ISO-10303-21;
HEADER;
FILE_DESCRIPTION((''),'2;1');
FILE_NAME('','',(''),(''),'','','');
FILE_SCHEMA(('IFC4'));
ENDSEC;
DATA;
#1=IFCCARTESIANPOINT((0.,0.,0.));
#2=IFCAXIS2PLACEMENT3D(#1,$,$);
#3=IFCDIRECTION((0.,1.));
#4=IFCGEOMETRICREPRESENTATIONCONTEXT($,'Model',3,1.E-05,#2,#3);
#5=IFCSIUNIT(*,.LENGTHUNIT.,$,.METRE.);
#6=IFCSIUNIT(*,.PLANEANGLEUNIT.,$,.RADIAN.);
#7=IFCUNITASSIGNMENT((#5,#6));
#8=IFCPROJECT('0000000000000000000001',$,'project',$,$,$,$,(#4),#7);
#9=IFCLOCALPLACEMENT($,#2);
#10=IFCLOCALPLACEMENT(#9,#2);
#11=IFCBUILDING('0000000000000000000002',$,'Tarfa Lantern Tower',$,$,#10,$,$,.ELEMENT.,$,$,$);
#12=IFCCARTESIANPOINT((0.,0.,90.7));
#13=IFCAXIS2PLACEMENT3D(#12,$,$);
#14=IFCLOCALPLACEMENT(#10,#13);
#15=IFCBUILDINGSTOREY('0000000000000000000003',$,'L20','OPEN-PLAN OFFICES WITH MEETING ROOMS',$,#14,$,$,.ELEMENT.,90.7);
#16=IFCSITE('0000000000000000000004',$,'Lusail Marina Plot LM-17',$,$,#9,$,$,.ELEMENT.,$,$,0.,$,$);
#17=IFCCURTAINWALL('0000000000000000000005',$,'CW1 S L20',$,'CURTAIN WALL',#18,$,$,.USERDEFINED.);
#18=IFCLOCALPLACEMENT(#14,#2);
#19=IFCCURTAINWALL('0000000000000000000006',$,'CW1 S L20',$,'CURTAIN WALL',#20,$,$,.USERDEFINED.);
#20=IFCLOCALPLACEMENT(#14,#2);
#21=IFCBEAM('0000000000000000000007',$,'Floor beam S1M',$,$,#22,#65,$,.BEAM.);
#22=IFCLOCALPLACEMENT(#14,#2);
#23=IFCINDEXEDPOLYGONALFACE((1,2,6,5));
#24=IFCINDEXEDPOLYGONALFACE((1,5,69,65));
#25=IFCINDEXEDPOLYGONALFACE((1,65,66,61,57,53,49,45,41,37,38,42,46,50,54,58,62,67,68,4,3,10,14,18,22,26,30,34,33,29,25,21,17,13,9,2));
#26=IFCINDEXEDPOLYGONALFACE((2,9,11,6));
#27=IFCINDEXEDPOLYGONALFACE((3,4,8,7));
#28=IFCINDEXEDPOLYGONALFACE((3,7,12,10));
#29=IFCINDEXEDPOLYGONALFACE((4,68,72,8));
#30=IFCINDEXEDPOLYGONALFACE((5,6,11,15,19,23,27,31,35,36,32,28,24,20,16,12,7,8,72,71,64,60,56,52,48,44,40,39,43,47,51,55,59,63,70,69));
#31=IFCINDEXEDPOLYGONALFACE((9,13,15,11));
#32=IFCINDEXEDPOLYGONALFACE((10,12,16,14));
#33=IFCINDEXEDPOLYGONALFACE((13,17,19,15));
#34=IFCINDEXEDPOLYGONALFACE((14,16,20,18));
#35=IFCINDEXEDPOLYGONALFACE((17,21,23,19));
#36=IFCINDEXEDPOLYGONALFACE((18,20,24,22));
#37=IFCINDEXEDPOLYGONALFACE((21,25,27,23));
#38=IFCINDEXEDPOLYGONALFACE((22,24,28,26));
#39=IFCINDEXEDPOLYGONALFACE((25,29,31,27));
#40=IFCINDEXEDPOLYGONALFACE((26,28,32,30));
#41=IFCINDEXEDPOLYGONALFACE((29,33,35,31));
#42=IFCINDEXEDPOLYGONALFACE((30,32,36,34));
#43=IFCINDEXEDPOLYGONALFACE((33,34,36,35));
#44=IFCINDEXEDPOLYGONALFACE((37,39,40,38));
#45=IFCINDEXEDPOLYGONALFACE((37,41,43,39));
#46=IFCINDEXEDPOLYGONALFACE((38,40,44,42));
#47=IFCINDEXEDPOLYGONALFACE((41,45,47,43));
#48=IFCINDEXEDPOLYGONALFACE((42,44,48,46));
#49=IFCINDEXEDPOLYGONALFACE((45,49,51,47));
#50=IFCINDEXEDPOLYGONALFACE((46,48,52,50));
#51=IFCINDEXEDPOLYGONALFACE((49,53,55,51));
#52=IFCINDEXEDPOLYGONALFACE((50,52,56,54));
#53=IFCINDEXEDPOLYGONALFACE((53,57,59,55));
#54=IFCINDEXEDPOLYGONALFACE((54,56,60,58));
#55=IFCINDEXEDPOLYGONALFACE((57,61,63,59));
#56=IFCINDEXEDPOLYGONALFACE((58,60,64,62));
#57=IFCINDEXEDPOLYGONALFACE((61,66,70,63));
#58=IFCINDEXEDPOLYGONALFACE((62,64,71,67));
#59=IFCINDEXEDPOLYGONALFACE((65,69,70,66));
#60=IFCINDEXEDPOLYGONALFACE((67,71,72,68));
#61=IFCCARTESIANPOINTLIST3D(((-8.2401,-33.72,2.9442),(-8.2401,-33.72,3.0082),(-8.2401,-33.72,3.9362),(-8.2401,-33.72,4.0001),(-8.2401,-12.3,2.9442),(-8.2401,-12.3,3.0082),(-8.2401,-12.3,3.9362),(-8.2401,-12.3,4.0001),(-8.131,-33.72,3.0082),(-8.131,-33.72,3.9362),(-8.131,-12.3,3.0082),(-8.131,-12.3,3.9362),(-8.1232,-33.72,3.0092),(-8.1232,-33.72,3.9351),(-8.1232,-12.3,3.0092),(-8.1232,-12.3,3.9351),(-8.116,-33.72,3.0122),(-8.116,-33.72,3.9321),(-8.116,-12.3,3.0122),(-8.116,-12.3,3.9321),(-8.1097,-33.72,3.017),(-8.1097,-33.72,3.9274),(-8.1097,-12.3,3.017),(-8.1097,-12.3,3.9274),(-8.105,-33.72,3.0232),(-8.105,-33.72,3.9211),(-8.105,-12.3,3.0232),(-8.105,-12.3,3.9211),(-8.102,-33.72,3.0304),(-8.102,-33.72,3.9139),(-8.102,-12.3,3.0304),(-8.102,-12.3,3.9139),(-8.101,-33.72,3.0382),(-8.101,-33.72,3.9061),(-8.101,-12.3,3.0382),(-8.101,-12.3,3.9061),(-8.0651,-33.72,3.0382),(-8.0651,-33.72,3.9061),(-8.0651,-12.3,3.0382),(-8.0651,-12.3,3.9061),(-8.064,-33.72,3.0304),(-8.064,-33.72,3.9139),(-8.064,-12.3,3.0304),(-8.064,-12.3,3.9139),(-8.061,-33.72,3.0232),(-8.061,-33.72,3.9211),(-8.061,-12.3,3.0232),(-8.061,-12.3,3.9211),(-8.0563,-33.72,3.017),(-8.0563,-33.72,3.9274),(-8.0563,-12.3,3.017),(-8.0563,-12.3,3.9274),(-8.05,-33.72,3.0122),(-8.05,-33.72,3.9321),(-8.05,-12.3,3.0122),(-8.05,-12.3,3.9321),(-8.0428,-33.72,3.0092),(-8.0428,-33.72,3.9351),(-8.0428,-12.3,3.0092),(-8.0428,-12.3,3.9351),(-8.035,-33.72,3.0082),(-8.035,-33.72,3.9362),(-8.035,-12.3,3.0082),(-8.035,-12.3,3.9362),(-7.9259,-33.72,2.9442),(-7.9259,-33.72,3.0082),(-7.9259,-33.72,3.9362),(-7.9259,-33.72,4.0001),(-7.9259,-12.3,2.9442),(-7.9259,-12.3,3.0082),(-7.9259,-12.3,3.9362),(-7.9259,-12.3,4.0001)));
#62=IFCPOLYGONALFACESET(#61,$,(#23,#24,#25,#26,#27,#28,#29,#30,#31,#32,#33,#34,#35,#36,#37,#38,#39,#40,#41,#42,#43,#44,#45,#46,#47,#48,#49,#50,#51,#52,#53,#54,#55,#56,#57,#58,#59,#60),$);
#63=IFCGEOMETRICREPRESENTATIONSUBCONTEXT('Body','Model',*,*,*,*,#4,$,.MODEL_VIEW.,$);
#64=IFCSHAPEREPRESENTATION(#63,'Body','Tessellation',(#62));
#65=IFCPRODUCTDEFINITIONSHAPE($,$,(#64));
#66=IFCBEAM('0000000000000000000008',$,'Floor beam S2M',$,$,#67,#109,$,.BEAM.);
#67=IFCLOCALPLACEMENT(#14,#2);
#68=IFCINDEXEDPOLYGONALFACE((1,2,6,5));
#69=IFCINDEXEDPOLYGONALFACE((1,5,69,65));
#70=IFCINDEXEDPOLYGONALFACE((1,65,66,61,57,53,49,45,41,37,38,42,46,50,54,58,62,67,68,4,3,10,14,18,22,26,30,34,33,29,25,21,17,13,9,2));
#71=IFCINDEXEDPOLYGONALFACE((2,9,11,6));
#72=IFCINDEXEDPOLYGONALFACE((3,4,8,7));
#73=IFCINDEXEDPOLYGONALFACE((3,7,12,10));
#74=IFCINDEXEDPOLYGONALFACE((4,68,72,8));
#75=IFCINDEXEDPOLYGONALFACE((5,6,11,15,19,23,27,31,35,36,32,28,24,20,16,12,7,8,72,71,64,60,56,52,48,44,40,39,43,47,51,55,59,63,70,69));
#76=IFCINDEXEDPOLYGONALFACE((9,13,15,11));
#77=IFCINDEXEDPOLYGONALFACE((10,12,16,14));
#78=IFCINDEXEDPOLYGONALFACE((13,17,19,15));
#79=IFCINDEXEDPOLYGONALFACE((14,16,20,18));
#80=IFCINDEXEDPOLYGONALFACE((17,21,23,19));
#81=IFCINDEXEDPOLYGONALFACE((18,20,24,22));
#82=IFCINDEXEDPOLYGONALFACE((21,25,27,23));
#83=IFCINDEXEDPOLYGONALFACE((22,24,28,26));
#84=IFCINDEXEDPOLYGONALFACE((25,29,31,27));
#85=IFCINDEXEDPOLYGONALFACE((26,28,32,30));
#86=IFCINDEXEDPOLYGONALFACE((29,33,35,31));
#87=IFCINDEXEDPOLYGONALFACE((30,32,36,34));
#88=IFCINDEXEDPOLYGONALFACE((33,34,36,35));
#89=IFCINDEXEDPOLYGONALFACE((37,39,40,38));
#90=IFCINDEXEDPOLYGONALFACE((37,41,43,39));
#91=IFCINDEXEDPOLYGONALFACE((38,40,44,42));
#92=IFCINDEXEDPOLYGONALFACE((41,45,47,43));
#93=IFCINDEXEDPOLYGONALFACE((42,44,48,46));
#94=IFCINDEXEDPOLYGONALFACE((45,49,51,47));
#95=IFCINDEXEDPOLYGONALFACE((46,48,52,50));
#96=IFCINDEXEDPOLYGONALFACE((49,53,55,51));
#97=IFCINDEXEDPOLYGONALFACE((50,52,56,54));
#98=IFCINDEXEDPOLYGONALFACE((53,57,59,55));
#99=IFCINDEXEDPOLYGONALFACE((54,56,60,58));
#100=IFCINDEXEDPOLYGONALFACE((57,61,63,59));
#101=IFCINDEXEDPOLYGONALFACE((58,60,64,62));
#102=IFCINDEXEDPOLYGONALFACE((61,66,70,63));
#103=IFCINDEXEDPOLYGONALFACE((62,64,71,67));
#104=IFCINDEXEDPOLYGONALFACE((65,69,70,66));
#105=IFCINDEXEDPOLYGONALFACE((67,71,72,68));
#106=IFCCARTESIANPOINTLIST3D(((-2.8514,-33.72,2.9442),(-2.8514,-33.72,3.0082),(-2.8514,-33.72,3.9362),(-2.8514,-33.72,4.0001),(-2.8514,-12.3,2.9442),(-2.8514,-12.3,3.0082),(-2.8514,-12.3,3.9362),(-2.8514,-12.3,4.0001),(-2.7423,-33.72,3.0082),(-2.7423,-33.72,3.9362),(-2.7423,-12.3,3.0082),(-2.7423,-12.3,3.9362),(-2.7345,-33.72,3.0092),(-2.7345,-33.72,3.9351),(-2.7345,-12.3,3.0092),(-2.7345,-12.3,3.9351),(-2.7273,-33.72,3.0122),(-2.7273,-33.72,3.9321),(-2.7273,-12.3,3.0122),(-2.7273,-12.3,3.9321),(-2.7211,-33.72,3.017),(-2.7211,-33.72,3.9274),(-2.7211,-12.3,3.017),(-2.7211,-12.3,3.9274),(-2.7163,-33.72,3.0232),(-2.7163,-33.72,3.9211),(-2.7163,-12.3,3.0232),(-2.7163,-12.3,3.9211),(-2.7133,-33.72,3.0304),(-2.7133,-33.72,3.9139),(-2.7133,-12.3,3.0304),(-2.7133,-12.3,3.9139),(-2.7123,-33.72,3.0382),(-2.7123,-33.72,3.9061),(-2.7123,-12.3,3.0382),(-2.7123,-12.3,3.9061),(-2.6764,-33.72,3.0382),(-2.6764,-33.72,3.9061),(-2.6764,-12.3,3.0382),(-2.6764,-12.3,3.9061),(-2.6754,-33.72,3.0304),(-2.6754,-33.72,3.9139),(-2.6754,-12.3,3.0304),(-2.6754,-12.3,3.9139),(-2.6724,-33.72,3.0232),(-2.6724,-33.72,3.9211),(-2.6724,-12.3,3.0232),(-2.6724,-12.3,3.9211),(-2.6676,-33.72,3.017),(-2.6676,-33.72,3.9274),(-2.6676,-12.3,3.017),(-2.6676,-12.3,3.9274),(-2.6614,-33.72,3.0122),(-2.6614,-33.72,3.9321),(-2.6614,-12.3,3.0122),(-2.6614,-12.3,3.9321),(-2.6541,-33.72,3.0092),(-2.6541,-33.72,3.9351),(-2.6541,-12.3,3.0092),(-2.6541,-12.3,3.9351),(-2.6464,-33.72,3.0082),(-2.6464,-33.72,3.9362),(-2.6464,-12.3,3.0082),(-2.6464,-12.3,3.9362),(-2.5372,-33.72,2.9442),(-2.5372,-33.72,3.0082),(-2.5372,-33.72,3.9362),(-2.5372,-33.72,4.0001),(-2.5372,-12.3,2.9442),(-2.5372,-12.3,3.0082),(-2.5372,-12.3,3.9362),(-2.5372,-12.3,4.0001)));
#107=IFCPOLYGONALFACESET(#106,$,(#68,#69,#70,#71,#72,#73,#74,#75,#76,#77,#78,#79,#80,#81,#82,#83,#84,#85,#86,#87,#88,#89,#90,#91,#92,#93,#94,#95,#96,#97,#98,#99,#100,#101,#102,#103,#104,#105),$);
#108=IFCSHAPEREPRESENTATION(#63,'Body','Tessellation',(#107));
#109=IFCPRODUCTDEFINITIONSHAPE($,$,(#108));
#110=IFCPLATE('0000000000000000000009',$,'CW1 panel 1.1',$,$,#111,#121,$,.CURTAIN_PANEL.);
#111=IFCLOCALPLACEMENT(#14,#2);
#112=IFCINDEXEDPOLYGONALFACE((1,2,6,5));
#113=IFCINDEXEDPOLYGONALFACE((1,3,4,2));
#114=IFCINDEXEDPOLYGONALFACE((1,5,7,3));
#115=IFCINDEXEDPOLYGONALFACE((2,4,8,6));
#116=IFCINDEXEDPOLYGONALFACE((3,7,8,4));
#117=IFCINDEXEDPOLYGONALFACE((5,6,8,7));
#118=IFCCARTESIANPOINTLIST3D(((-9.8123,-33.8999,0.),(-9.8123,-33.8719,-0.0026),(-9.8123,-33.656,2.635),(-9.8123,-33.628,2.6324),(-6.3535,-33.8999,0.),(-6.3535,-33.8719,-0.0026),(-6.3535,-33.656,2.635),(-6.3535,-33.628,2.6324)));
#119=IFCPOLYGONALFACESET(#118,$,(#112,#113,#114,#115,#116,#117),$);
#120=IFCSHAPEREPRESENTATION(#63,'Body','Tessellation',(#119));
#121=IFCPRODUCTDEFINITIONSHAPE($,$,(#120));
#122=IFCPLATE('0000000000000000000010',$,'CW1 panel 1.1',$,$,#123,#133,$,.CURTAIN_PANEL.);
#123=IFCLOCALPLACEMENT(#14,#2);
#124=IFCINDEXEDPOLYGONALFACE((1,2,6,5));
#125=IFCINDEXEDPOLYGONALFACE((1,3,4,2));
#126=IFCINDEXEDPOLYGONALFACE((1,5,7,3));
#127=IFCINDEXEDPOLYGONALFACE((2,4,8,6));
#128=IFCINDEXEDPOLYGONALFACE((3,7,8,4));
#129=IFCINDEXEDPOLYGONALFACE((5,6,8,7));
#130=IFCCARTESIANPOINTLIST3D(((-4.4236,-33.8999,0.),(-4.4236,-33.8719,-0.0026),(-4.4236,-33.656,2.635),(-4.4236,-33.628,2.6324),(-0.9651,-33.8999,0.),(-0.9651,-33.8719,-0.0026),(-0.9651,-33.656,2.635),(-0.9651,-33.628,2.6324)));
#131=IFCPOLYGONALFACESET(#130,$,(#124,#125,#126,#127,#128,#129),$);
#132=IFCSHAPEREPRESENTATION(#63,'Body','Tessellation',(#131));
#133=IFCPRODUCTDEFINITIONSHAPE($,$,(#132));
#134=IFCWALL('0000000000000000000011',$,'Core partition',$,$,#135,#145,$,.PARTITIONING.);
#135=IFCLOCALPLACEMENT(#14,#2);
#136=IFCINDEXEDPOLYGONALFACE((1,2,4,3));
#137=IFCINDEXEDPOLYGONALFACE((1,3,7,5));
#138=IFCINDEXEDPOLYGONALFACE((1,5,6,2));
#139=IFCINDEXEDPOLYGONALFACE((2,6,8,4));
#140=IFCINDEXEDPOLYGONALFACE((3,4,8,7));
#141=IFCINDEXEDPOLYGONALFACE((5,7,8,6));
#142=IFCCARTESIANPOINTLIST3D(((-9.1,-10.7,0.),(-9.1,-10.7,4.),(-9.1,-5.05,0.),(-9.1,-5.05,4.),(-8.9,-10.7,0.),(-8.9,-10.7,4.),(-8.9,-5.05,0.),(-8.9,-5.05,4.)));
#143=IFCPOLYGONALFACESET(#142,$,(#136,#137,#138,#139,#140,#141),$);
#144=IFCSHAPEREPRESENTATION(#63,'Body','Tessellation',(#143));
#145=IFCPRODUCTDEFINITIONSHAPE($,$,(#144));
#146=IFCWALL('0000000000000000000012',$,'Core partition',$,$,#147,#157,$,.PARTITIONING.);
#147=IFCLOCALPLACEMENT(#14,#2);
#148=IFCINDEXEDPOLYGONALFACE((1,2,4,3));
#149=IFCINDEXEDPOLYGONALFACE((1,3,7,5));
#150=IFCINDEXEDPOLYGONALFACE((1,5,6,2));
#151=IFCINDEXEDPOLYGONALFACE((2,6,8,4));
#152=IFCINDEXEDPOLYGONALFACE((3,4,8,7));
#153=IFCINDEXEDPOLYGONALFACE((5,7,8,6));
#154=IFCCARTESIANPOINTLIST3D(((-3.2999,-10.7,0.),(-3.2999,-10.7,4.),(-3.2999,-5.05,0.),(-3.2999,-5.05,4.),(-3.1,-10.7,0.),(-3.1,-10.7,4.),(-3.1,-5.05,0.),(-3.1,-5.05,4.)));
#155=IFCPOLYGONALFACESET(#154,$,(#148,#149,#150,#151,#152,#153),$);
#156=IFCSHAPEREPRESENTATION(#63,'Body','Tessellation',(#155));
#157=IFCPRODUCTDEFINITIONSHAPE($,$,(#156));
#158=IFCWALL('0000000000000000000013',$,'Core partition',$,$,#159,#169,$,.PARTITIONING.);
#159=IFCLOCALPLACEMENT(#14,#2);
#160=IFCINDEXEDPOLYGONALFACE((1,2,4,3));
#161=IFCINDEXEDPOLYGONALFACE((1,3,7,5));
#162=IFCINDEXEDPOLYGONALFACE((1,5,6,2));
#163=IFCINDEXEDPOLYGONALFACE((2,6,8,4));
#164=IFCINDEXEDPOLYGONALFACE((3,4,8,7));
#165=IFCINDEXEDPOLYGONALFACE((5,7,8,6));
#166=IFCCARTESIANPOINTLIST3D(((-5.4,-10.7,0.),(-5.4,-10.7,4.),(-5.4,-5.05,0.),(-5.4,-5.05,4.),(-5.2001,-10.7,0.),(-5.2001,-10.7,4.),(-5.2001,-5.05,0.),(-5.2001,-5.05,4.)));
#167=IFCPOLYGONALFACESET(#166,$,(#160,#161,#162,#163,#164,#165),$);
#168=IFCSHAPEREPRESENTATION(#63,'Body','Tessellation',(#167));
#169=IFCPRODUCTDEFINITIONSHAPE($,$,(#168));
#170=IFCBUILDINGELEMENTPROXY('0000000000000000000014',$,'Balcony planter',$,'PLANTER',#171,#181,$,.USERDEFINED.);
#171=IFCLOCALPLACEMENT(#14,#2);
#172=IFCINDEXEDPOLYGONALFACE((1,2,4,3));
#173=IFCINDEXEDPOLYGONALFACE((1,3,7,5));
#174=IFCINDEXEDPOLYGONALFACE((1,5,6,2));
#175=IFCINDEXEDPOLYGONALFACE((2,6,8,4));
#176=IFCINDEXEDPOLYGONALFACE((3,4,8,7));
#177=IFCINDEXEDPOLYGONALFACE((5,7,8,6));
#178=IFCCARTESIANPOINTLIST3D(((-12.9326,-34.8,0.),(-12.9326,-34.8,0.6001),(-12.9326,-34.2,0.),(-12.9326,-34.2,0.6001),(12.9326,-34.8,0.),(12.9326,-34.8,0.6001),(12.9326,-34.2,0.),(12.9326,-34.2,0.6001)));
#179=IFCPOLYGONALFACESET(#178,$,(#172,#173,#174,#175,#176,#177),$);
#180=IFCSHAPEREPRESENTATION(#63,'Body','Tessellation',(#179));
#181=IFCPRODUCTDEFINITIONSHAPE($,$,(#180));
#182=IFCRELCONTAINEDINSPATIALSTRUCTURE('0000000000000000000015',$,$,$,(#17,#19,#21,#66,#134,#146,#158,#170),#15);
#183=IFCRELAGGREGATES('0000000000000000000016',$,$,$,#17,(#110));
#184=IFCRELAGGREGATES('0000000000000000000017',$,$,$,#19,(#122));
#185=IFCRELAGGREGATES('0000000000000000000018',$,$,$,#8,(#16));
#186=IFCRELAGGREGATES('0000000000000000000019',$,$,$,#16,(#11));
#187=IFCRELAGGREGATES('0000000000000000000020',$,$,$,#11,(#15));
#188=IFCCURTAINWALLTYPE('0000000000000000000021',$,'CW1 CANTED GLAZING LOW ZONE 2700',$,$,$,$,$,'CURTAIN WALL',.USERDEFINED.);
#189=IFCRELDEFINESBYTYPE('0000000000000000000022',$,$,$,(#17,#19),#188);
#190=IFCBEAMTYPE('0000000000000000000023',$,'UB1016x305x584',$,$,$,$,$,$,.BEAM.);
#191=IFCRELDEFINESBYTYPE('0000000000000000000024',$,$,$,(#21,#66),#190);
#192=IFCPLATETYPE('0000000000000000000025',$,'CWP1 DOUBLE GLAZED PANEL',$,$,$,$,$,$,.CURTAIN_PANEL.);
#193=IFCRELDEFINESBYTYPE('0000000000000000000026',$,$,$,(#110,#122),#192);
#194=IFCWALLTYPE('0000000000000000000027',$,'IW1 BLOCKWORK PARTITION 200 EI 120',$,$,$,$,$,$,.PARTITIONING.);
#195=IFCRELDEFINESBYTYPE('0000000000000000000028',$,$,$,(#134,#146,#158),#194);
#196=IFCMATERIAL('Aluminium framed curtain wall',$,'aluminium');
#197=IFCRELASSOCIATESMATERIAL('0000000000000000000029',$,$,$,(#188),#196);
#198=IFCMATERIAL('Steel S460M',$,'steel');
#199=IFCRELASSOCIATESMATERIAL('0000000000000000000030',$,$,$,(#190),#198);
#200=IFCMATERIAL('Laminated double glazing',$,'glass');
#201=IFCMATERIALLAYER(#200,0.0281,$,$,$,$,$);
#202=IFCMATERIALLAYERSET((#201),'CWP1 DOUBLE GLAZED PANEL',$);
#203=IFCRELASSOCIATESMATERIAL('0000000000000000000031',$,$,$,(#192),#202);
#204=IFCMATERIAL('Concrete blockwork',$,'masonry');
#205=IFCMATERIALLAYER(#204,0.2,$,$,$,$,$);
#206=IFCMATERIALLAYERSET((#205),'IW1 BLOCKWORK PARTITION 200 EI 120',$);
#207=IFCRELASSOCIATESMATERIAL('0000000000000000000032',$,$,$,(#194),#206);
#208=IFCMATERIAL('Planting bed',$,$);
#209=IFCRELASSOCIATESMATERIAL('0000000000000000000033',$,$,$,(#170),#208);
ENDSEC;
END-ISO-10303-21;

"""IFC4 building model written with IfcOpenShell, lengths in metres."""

from ifc_helpers import new_model, si_unit, direction, frame, frame_2d, origin, origin_2d, place, context, subcontext, project, spatial, polyline, rectangle, i_section, outline, extrude, material, layer, layer_set, material_profile, profile_set, type_object, element, aggregate, save


model = new_model("IFC4")

# Units and contexts
model_context = context("Model", 3, precision=1e-05, world=origin(), true_north=direction((0.0, 1.0)))
body_context = subcontext(model_context, "Body", "Model", "MODEL_VIEW")
ifc_project = project(units=[si_unit("LENGTHUNIT", "METRE"), si_unit("PLANEANGLEUNIT", "RADIAN")], contexts=[model_context])

# Site, building, storey
site_placement = place(None, origin())
site = spatial("IfcSite", under=ifc_project, at=site_placement, Name="Lusail Marina Plot LM-17", CompositionType="ELEMENT", RefElevation=0.0)
building_placement = place(site_placement, origin())
building = spatial("IfcBuilding", under=site, at=building_placement, Name="Tarfa Lantern Tower", CompositionType="ELEMENT")
storey_placement = place(building_placement, frame((0.0, 0.0, 90.7)))
storey = spatial("IfcBuildingStorey", under=building, at=storey_placement, Name="L20", Description="OPEN-PLAN OFFICES WITH MEETING ROOMS", CompositionType="ELEMENT", Elevation=90.7)

# Curtain walls
ifc_material_1 = material(Name="Aluminium framed curtain wall", Category="aluminium")
curtain_wall_type = type_object("IfcCurtainWallType", Name="CW1 CANTED GLAZING LOW ZONE 2700", ElementType="CURTAIN WALL", PredefinedType="USERDEFINED", material=ifc_material_1)
curtain_wall_1_placement = place(storey_placement, origin())
curtain_wall_1 = element("IfcCurtainWall", 1, at=curtain_wall_1_placement, inside=storey, type_object=curtain_wall_type, Name="CW1 S L20", ObjectType="CURTAIN WALL", PredefinedType="USERDEFINED")
curtain_wall_2_placement = place(storey_placement, origin())
curtain_wall_2 = element("IfcCurtainWall", 2, at=curtain_wall_2_placement, inside=storey, type_object=curtain_wall_type, Name="CW1 S L20", ObjectType="CURTAIN WALL", PredefinedType="USERDEFINED")

# Beams
ifc_material_2 = material(Name="Steel S460M", Category="steel")
ifc_material_profile_1 = material_profile(ifc_material_2, i_section(OverallWidth=0.3142, OverallDepth=1.0559, WebThickness=0.0359, FlangeThickness=0.064, FilletRadius=0.03, at=origin_2d()), Name="UB1016x305x584")
ifc_profile_set_1 = profile_set([ifc_material_profile_1], Name="Steel S460M")
beam_type_1 = type_object("IfcBeamType", Name="UB1016x305x584", PredefinedType="BEAM", material=ifc_profile_set_1)
for number, where, z_axis, x_axis, name in (
    (3, (-8.083, -33.72, 3.4722), (0.0, 1.0, 0.0), (-1.0, 0.0, 0.0), "Floor beam S1M"),
    (4, (-2.6943, -33.72, 3.4722), (0.0, 1.0, 0.0), (-1.0, 0.0, 0.0), "Floor beam S2M"),
):
    element("IfcBeam", number, at=place(storey_placement, frame(where, z_axis=z_axis, x_axis=x_axis)), inside=storey, type_object=beam_type_1, Name=name, PredefinedType="BEAM", context=body_context, shape_type="SweptSolid", body=[
        extrude(i_section(OverallWidth=0.3142, OverallDepth=1.0559, WebThickness=0.0359, FlangeThickness=0.064, FilletRadius=0.03, at=origin_2d()), origin(), (0.0, 0.0, 1.0), 21.4199),
    ])

# Plates
ifc_material_3 = material(Name="Laminated double glazing", Category="glass")
ifc_layer_1 = layer(ifc_material_3, 0.0281)
ifc_layer_set_1 = layer_set([ifc_layer_1], Name="CWP1 DOUBLE GLAZED PANEL")
plate_type = type_object("IfcPlateType", Name="CWP1 DOUBLE GLAZED PANEL", PredefinedType="CURTAIN_PANEL", material=ifc_layer_set_1)
plate_1_placement = place(storey_placement, frame((-9.8123, -33.8999, 0.0), z_axis=(0.0, -0.995744, 0.092166), x_axis=(1.0, 0.0, 0.0)))
plate_1 = element("IfcPlate", 5, at=plate_1_placement, type_object=plate_type, Name="CW1 panel 1.1", PredefinedType="CURTAIN_PANEL", context=body_context, shape_type="SweptSolid", body=[
    extrude(outline(polyline([(0.0, 0.0), (3.4587, 0.0), (3.4587, 2.6463), (0.0, 2.6463), (0.0, 0.0)])), origin(), (0.0, 0.0, -1.0), 0.0281),
])
aggregate(curtain_wall_1, [plate_1])
plate_2_placement = place(storey_placement, frame((-4.4236, -33.8999, 0.0), z_axis=(0.0, -0.995744, 0.092166), x_axis=(1.0, 0.0, 0.0)))
plate_2 = element("IfcPlate", 6, at=plate_2_placement, type_object=plate_type, Name="CW1 panel 1.1", PredefinedType="CURTAIN_PANEL", context=body_context, shape_type="SweptSolid", body=[
    extrude(outline(polyline([(0.0, 0.0), (3.4585, 0.0), (3.4585, 2.6463), (0.0, 2.6463), (0.0, 0.0)])), origin(), (0.0, 0.0, -1.0), 0.0281),
])
aggregate(curtain_wall_2, [plate_2])

# Walls
ifc_material_4 = material(Name="Concrete blockwork", Category="masonry")
ifc_layer_2 = layer(ifc_material_4, 0.2)
ifc_layer_set_2 = layer_set([ifc_layer_2], Name="IW1 BLOCKWORK PARTITION 200 EI 120")
wall_type = type_object("IfcWallType", Name="IW1 BLOCKWORK PARTITION 200 EI 120", PredefinedType="PARTITIONING", material=ifc_layer_set_2)
for number, where, z_axis, x_axis, name in (
    (7, (-9.0, -5.05, 0.0), (0.0, 0.0, 1.0), (0.0, -1.0, 0.0), "Core partition"),
    (8, (-3.2, -5.05, 0.0), (0.0, 0.0, 1.0), (0.0, -1.0, 0.0), "Core partition"),
    (9, (-5.3, -5.05, 0.0), (0.0, 0.0, 1.0), (0.0, -1.0, 0.0), "Core partition"),
):
    element("IfcWall", number, at=place(storey_placement, frame(where, z_axis=z_axis, x_axis=x_axis)), inside=storey, type_object=wall_type, Name=name, PredefinedType="PARTITIONING", context=body_context, shape_type="SweptSolid", body=[
        extrude(rectangle(XDim=5.6499, YDim=0.2, at=frame_2d((2.825, 0.0))), origin(), (0.0, 0.0, 1.0), 4.0),
    ])

# Building element proxy
ifc_material_5 = material(Name="Planting bed")
proxy_placement = place(storey_placement, frame((0.0, -34.5, 0.0), z_axis=(0.0, 0.0, 1.0), x_axis=(1.0, 0.0, 0.0)))
element("IfcBuildingElementProxy", 10, at=proxy_placement, inside=storey, material=ifc_material_5, Name="Balcony planter", ObjectType="PLANTER", PredefinedType="USERDEFINED", context=body_context, shape_type="SweptSolid", body=[
    extrude(rectangle(XDim=25.8652, YDim=0.6001, at=origin_2d()), origin(), (0.0, 0.0, 1.0), 0.6001),
])

save(model, "model.ifc")
